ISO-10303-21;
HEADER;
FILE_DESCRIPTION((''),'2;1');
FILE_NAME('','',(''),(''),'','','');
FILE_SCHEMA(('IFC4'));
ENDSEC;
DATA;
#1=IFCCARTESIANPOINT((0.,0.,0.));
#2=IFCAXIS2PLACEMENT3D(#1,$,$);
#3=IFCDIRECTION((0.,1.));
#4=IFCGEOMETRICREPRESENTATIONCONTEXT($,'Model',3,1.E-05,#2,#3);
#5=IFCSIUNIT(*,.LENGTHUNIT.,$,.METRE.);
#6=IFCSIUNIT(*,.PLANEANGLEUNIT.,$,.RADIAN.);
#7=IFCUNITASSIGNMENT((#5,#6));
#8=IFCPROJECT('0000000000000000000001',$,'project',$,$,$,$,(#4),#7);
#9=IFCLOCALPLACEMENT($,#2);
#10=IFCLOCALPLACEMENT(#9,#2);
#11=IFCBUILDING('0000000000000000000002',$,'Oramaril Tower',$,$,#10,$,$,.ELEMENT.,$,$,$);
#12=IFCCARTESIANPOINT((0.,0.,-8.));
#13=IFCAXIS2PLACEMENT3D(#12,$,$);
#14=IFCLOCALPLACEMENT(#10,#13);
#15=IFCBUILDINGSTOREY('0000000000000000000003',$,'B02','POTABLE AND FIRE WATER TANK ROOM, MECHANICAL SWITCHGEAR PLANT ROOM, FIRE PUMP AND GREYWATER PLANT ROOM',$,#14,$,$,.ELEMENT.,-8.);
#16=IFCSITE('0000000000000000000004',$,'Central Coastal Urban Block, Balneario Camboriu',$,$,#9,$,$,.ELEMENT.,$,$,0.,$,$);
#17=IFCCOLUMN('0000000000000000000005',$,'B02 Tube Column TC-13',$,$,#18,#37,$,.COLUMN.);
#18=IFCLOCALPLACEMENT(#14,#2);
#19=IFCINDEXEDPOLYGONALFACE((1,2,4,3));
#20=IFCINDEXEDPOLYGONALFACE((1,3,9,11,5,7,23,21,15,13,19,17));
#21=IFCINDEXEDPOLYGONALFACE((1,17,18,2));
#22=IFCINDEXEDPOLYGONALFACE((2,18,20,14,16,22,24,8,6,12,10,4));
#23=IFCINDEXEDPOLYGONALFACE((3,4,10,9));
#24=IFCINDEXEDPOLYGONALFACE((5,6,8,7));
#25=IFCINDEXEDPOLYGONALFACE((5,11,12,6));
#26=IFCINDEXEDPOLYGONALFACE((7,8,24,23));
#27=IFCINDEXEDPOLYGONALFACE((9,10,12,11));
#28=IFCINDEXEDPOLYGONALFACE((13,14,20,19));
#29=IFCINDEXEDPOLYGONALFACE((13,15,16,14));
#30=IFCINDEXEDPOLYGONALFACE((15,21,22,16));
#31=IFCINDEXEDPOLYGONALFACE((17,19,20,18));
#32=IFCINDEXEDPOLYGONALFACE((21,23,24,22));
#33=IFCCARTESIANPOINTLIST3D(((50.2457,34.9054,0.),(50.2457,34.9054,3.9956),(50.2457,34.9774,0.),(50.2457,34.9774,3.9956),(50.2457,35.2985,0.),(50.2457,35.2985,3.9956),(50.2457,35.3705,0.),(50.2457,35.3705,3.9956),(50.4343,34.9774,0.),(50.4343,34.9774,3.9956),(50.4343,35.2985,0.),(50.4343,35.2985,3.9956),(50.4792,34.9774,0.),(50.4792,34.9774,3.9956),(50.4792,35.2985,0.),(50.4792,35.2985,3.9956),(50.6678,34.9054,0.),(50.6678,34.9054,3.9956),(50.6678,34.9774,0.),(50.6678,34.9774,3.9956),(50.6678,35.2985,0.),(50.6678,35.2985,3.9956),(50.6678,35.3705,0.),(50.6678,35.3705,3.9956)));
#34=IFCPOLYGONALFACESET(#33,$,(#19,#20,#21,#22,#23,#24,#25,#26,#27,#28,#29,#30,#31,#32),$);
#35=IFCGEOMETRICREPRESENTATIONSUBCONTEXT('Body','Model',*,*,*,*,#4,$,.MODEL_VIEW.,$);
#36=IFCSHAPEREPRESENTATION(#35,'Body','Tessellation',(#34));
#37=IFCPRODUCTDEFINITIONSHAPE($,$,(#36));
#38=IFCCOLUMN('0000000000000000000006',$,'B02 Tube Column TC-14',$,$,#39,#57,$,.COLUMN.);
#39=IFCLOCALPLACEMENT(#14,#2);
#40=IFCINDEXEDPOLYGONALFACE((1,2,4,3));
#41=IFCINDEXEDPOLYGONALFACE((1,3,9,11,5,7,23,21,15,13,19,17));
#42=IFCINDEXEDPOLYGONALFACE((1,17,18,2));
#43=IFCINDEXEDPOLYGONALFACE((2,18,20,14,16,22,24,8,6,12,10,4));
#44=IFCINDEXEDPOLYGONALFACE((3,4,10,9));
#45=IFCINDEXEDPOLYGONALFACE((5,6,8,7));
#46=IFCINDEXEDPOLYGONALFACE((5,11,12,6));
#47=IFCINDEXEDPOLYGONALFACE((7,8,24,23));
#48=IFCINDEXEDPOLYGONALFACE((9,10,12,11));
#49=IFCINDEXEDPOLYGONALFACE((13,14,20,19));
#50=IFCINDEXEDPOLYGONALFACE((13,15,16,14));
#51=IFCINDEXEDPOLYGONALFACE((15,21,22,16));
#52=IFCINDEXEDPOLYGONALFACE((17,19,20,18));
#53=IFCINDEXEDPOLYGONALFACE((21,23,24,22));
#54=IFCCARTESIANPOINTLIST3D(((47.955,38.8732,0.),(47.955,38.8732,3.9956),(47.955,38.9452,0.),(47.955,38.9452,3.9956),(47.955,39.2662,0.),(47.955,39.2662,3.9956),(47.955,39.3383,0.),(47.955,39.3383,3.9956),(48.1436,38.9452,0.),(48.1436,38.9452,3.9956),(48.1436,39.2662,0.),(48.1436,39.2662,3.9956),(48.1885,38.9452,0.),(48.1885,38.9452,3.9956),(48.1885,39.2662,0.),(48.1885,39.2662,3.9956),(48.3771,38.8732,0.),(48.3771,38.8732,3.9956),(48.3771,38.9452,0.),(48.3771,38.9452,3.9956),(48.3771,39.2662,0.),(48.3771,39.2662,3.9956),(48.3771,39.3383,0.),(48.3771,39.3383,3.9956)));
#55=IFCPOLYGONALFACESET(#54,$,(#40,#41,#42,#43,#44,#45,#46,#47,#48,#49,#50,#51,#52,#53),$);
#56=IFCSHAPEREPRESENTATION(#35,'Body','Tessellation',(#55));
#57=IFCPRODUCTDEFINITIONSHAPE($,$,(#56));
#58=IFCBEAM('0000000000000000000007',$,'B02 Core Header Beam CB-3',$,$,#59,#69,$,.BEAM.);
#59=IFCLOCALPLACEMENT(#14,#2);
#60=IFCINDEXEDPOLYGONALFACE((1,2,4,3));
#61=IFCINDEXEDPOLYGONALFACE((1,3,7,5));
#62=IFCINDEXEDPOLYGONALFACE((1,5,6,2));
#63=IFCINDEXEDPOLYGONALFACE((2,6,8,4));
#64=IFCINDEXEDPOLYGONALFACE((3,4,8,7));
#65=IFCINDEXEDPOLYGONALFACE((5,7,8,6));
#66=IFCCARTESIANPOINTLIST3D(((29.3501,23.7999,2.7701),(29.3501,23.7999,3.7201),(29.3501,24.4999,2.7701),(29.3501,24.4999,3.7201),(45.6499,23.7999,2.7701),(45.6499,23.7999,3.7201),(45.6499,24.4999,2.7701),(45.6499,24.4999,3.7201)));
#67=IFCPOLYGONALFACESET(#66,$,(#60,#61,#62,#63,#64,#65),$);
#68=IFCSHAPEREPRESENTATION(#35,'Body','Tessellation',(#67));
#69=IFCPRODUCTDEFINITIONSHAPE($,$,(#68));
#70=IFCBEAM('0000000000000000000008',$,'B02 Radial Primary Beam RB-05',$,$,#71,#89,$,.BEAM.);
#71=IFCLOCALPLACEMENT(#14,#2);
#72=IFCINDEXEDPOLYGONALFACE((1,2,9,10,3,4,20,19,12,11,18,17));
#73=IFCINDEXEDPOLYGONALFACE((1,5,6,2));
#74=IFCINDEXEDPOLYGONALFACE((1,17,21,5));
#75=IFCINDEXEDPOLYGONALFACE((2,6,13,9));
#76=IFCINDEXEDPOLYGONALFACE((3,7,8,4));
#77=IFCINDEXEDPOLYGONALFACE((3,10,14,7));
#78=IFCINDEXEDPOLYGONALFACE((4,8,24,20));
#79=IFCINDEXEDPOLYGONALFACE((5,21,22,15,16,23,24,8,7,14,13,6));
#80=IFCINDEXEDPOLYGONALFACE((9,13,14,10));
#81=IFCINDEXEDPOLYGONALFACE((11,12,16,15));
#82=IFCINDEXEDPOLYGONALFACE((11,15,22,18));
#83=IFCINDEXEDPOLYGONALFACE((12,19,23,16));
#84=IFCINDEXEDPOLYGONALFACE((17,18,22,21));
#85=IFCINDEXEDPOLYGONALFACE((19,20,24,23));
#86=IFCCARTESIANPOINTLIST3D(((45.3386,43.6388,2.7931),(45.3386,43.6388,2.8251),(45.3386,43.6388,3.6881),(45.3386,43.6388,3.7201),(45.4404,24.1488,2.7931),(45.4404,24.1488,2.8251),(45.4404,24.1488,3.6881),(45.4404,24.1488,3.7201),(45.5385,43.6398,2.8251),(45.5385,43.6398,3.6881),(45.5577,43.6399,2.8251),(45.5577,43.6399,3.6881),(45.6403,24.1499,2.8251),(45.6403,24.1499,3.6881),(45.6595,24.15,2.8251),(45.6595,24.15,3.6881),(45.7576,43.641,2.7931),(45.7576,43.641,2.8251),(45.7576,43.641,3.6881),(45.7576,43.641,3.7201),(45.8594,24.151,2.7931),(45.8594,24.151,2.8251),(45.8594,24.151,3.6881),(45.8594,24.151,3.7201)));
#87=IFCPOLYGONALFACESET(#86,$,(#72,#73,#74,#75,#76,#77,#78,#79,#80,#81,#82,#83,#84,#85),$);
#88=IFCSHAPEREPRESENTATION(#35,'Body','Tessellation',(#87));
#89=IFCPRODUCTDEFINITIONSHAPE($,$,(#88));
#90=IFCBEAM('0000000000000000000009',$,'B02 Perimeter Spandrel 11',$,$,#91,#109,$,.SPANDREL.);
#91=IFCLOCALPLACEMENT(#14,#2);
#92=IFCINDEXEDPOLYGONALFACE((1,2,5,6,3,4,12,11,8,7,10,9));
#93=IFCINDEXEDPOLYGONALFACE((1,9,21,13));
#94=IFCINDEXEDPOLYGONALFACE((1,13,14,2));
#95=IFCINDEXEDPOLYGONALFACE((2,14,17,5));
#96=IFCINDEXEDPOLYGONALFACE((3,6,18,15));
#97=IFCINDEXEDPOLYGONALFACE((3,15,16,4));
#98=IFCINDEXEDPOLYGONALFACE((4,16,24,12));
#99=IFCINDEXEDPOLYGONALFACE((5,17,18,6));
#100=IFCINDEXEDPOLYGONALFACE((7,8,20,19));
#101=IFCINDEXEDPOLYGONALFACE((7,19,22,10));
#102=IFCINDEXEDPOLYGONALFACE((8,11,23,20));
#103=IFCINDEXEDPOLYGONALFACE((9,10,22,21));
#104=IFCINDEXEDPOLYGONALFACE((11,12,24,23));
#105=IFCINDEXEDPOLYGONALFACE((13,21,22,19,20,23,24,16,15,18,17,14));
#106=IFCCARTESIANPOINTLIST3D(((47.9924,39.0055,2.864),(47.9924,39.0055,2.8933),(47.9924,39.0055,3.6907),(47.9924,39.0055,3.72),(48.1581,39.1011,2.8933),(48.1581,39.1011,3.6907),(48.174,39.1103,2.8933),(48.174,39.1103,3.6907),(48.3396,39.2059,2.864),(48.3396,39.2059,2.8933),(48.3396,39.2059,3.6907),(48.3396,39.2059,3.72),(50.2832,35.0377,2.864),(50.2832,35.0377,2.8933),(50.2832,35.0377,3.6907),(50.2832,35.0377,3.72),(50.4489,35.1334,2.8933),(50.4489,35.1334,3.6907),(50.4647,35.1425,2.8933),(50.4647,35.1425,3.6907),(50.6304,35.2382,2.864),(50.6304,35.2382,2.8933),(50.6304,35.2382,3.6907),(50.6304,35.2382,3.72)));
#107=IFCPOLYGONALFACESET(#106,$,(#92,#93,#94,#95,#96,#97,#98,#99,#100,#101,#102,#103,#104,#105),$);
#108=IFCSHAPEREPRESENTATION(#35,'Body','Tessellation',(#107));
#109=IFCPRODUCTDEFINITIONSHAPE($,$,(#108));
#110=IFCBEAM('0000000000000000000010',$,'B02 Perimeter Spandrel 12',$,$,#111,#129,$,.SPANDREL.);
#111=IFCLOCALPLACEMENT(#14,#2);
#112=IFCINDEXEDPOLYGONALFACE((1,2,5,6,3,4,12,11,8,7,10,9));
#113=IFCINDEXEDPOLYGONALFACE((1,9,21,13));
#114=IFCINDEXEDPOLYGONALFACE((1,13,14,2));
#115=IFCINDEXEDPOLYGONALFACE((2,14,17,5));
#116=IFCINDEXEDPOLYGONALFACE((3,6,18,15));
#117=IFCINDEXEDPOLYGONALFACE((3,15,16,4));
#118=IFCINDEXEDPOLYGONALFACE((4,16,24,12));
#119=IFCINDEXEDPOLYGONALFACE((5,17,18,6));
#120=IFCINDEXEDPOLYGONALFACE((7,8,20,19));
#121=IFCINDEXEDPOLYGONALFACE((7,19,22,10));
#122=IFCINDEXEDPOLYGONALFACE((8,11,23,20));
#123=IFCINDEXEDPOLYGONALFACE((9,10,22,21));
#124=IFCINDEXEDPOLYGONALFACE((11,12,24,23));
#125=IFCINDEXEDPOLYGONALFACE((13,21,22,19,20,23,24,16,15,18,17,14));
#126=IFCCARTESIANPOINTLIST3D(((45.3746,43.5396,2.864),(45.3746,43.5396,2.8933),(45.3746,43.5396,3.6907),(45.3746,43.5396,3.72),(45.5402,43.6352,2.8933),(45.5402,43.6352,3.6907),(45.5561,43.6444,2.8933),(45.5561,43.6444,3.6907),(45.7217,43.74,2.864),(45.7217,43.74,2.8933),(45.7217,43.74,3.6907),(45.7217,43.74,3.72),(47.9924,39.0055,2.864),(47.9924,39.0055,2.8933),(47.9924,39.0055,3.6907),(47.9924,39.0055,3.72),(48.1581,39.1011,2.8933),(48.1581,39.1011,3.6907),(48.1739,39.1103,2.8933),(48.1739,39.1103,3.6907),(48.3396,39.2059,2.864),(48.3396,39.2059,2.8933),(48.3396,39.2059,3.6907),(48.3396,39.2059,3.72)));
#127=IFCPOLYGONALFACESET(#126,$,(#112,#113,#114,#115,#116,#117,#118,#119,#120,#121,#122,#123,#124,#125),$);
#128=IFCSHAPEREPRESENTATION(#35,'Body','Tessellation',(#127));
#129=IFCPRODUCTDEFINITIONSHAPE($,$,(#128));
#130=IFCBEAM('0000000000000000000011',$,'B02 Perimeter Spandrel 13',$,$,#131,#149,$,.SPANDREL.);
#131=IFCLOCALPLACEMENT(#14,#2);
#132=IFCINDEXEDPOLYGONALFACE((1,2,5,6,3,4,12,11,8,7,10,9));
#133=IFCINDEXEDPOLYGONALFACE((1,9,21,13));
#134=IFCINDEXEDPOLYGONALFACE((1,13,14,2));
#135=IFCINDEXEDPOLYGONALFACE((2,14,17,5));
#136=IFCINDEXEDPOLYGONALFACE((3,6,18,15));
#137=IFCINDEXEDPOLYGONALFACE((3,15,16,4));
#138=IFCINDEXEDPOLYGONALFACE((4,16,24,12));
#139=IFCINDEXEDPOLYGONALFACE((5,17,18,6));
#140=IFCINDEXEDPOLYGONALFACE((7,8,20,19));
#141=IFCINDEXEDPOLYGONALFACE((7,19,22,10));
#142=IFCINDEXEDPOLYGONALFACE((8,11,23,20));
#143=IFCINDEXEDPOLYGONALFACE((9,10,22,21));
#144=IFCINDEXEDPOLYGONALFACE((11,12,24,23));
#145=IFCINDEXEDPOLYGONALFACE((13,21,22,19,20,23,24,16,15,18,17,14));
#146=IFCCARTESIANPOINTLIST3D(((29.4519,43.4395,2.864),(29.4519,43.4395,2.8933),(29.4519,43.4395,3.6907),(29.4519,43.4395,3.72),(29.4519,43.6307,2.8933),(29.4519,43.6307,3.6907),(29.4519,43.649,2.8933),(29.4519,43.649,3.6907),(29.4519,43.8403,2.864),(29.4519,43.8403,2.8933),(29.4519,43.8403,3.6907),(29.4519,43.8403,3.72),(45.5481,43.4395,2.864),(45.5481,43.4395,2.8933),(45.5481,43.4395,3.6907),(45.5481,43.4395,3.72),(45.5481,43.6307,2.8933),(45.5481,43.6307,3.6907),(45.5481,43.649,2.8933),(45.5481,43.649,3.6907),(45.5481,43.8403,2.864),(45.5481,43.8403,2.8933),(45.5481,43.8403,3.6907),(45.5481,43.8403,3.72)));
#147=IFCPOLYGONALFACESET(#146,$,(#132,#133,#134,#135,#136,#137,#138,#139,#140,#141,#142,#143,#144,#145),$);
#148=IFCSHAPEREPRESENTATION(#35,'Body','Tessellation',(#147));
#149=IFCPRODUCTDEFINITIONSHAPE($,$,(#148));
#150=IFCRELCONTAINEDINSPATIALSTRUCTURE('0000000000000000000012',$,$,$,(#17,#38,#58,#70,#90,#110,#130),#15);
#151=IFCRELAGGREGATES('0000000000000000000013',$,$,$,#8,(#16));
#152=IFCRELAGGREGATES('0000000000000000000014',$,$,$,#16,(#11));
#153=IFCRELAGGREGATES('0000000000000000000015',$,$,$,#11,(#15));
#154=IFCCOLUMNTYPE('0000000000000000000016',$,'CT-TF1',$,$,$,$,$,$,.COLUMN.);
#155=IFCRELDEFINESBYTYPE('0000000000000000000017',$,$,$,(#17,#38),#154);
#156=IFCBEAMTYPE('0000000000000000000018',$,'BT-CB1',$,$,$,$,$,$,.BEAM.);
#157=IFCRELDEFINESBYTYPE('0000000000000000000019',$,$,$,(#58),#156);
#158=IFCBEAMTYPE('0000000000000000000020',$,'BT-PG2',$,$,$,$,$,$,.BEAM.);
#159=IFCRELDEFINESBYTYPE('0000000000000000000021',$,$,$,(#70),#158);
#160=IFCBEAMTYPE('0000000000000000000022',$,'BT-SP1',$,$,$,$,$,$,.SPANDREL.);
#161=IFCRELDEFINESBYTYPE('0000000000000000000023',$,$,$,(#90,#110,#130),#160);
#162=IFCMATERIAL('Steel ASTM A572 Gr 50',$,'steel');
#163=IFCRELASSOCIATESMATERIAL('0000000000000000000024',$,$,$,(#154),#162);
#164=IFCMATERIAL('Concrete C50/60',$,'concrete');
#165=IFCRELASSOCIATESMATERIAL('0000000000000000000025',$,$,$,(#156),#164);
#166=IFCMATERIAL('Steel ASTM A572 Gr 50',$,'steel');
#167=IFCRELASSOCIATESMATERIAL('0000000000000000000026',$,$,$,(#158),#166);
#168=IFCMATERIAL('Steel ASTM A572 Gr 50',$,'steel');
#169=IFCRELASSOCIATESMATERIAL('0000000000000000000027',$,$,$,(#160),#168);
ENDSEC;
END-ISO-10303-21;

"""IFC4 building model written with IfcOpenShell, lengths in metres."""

from ifc_helpers import new_model, si_unit, direction, frame, origin, origin_2d, place, context, subcontext, project, spatial, rectangle, i_section, extrude, material, material_profile, profile_set, type_object, element, save


model = new_model("IFC4")

# Units and contexts
model_context = context("Model", 3, precision=1e-05, world=origin(), true_north=direction((0.0, 1.0)))
body_context = subcontext(model_context, "Body", "Model", "MODEL_VIEW")
ifc_project = project(units=[si_unit("LENGTHUNIT", "METRE"), si_unit("PLANEANGLEUNIT", "RADIAN")], contexts=[model_context])

# Site, building, storey
site_placement = place(None, origin())
site = spatial("IfcSite", under=ifc_project, at=site_placement, Name="Central Coastal Urban Block, Balneario Camboriu", CompositionType="ELEMENT", RefElevation=0.0)
building_placement = place(site_placement, origin())
building = spatial("IfcBuilding", under=site, at=building_placement, Name="Oramaril Tower", CompositionType="ELEMENT")
storey_placement = place(building_placement, frame((0.0, 0.0, -8.0)))
storey = spatial("IfcBuildingStorey", under=building, at=storey_placement, Name="B02", Description="POTABLE AND FIRE WATER TANK ROOM, MECHANICAL SWITCHGEAR PLANT ROOM, FIRE PUMP AND GREYWATER PLANT ROOM", CompositionType="ELEMENT", Elevation=-8.0)

# Columns
ifc_material_1 = material(Name="Steel ASTM A572 Gr 50", Category="steel")
ifc_material_profile_1 = material_profile(ifc_material_1, i_section(OverallWidth=0.4221, OverallDepth=0.4651, WebThickness=0.0449, FlangeThickness=0.072, at=origin_2d()), Name="W14X398")
ifc_profile_set_1 = profile_set([ifc_material_profile_1], Name="Steel ASTM A572 Gr 50")
column_type_1 = type_object("IfcColumnType", Name="CT-TF1", PredefinedType="COLUMN", material=ifc_profile_set_1)
for number, where, z_axis, x_axis, name in (
    (1, (50.4568, 35.1379, 0.0), (0.0, 0.0, 1.0), (1.0, 0.0, 0.0), "B02 Tube Column TC-13"),
    (2, (48.166, 39.1057, 0.0), (0.0, 0.0, 1.0), (1.0, 0.0, 0.0), "B02 Tube Column TC-14"),
):
    element("IfcColumn", number, at=place(storey_placement, frame(where, z_axis=z_axis, x_axis=x_axis)), inside=storey, type_object=column_type_1, Name=name, PredefinedType="COLUMN", context=body_context, shape_type="SweptSolid", body=[
        extrude(i_section(OverallWidth=0.4221, OverallDepth=0.4651, WebThickness=0.0449, FlangeThickness=0.072, at=origin_2d()), origin(), (0.0, 0.0, 1.0), 3.9956),
    ])

# Beams
ifc_material_2 = material(Name="Concrete C50/60", Category="concrete")
ifc_material_profile_2 = material_profile(ifc_material_2, rectangle(XDim=0.7, YDim=0.95, at=origin_2d()), Name="CB700X950")
ifc_profile_set_2 = profile_set([ifc_material_profile_2], Name="Concrete C50/60")
beam_type_1 = type_object("IfcBeamType", Name="BT-CB1", PredefinedType="BEAM", material=ifc_profile_set_2)
beam_1_placement = place(storey_placement, frame((45.6499, 24.1499, 3.2451), z_axis=(-1.0, 0.0, 0.0), x_axis=(0.0, -1.0, 0.0)))
element("IfcBeam", 3, at=beam_1_placement, inside=storey, type_object=beam_type_1, Name="B02 Core Header Beam CB-3", PredefinedType="BEAM", context=body_context, shape_type="SweptSolid", body=[
    extrude(rectangle(XDim=0.7, YDim=0.95, at=origin_2d()), origin(), (0.0, 0.0, 1.0), 16.2998),
])
ifc_material_3 = material(Name="Steel ASTM A572 Gr 50", Category="steel")
ifc_material_profile_3 = material_profile(ifc_material_3, i_section(OverallWidth=0.4189, OverallDepth=0.927, WebThickness=0.0193, FlangeThickness=0.032, at=origin_2d()), Name="W36X231")
ifc_profile_set_3 = profile_set([ifc_material_profile_3], Name="Steel ASTM A572 Gr 50")
beam_type_2 = type_object("IfcBeamType", Name="BT-PG2", PredefinedType="BEAM", material=ifc_profile_set_3)
beam_2_placement = place(storey_placement, frame((45.6499, 24.1499, 3.2566), z_axis=(-0.005223, 0.999986, 0.0), x_axis=(-0.999986, -0.005223, 0.0)))
element("IfcBeam", 4, at=beam_2_placement, inside=storey, type_object=beam_type_2, Name="B02 Radial Primary Beam RB-05", PredefinedType="BEAM", context=body_context, shape_type="SweptSolid", body=[
    extrude(i_section(OverallWidth=0.4189, OverallDepth=0.927, WebThickness=0.0193, FlangeThickness=0.032, at=origin_2d()), origin(), (0.0, 0.0, 1.0), 19.4902),
])
ifc_material_4 = material(Name="Steel ASTM A572 Gr 50", Category="steel")
ifc_material_profile_4 = material_profile(ifc_material_4, i_section(OverallWidth=0.4009, OverallDepth=0.856, WebThickness=0.0183, FlangeThickness=0.0293, at=origin_2d()), Name="W33X201")
ifc_profile_set_4 = profile_set([ifc_material_profile_4], Name="Steel ASTM A572 Gr 50")
beam_type_3 = type_object("IfcBeamType", Name="BT-SP1", PredefinedType="SPANDREL", material=ifc_profile_set_4)
beam_3_placement = place(storey_placement, frame((50.4568, 35.1379, 3.292), z_axis=(-0.499996, 0.866028, 0.0), x_axis=(-0.866028, -0.499996, 0.0)))
element("IfcBeam", 5, at=beam_3_placement, inside=storey, type_object=beam_type_3, Name="B02 Perimeter Spandrel 11", PredefinedType="SPANDREL", context=body_context, shape_type="SweptSolid", body=[
    extrude(i_section(OverallWidth=0.4009, OverallDepth=0.856, WebThickness=0.0183, FlangeThickness=0.0293, at=origin_2d()), origin(), (0.0, 0.0, 1.0), 4.5815),
])
beam_4_placement = place(storey_placement, frame((48.166, 39.1057, 3.292), z_axis=(-0.500016, 0.866016, 0.0), x_axis=(-0.866016, -0.500016, 0.0)))
element("IfcBeam", 6, at=beam_4_placement, inside=storey, type_object=beam_type_3, Name="B02 Perimeter Spandrel 12", PredefinedType="SPANDREL", context=body_context, shape_type="SweptSolid", body=[
    extrude(i_section(OverallWidth=0.4009, OverallDepth=0.856, WebThickness=0.0183, FlangeThickness=0.0293, at=origin_2d()), origin(), (0.0, 0.0, 1.0), 5.2356),
])
beam_5_placement = place(storey_placement, frame((45.5481, 43.6399, 3.292), z_axis=(-1.0, 0.0, 0.0), x_axis=(0.0, -1.0, 0.0)))
element("IfcBeam", 7, at=beam_5_placement, inside=storey, type_object=beam_type_3, Name="B02 Perimeter Spandrel 13", PredefinedType="SPANDREL", context=body_context, shape_type="SweptSolid", body=[
    extrude(i_section(OverallWidth=0.4009, OverallDepth=0.856, WebThickness=0.0183, FlangeThickness=0.0293, at=origin_2d()), origin(), (0.0, 0.0, 1.0), 16.0962),
])

save(model, "model.ifc")
